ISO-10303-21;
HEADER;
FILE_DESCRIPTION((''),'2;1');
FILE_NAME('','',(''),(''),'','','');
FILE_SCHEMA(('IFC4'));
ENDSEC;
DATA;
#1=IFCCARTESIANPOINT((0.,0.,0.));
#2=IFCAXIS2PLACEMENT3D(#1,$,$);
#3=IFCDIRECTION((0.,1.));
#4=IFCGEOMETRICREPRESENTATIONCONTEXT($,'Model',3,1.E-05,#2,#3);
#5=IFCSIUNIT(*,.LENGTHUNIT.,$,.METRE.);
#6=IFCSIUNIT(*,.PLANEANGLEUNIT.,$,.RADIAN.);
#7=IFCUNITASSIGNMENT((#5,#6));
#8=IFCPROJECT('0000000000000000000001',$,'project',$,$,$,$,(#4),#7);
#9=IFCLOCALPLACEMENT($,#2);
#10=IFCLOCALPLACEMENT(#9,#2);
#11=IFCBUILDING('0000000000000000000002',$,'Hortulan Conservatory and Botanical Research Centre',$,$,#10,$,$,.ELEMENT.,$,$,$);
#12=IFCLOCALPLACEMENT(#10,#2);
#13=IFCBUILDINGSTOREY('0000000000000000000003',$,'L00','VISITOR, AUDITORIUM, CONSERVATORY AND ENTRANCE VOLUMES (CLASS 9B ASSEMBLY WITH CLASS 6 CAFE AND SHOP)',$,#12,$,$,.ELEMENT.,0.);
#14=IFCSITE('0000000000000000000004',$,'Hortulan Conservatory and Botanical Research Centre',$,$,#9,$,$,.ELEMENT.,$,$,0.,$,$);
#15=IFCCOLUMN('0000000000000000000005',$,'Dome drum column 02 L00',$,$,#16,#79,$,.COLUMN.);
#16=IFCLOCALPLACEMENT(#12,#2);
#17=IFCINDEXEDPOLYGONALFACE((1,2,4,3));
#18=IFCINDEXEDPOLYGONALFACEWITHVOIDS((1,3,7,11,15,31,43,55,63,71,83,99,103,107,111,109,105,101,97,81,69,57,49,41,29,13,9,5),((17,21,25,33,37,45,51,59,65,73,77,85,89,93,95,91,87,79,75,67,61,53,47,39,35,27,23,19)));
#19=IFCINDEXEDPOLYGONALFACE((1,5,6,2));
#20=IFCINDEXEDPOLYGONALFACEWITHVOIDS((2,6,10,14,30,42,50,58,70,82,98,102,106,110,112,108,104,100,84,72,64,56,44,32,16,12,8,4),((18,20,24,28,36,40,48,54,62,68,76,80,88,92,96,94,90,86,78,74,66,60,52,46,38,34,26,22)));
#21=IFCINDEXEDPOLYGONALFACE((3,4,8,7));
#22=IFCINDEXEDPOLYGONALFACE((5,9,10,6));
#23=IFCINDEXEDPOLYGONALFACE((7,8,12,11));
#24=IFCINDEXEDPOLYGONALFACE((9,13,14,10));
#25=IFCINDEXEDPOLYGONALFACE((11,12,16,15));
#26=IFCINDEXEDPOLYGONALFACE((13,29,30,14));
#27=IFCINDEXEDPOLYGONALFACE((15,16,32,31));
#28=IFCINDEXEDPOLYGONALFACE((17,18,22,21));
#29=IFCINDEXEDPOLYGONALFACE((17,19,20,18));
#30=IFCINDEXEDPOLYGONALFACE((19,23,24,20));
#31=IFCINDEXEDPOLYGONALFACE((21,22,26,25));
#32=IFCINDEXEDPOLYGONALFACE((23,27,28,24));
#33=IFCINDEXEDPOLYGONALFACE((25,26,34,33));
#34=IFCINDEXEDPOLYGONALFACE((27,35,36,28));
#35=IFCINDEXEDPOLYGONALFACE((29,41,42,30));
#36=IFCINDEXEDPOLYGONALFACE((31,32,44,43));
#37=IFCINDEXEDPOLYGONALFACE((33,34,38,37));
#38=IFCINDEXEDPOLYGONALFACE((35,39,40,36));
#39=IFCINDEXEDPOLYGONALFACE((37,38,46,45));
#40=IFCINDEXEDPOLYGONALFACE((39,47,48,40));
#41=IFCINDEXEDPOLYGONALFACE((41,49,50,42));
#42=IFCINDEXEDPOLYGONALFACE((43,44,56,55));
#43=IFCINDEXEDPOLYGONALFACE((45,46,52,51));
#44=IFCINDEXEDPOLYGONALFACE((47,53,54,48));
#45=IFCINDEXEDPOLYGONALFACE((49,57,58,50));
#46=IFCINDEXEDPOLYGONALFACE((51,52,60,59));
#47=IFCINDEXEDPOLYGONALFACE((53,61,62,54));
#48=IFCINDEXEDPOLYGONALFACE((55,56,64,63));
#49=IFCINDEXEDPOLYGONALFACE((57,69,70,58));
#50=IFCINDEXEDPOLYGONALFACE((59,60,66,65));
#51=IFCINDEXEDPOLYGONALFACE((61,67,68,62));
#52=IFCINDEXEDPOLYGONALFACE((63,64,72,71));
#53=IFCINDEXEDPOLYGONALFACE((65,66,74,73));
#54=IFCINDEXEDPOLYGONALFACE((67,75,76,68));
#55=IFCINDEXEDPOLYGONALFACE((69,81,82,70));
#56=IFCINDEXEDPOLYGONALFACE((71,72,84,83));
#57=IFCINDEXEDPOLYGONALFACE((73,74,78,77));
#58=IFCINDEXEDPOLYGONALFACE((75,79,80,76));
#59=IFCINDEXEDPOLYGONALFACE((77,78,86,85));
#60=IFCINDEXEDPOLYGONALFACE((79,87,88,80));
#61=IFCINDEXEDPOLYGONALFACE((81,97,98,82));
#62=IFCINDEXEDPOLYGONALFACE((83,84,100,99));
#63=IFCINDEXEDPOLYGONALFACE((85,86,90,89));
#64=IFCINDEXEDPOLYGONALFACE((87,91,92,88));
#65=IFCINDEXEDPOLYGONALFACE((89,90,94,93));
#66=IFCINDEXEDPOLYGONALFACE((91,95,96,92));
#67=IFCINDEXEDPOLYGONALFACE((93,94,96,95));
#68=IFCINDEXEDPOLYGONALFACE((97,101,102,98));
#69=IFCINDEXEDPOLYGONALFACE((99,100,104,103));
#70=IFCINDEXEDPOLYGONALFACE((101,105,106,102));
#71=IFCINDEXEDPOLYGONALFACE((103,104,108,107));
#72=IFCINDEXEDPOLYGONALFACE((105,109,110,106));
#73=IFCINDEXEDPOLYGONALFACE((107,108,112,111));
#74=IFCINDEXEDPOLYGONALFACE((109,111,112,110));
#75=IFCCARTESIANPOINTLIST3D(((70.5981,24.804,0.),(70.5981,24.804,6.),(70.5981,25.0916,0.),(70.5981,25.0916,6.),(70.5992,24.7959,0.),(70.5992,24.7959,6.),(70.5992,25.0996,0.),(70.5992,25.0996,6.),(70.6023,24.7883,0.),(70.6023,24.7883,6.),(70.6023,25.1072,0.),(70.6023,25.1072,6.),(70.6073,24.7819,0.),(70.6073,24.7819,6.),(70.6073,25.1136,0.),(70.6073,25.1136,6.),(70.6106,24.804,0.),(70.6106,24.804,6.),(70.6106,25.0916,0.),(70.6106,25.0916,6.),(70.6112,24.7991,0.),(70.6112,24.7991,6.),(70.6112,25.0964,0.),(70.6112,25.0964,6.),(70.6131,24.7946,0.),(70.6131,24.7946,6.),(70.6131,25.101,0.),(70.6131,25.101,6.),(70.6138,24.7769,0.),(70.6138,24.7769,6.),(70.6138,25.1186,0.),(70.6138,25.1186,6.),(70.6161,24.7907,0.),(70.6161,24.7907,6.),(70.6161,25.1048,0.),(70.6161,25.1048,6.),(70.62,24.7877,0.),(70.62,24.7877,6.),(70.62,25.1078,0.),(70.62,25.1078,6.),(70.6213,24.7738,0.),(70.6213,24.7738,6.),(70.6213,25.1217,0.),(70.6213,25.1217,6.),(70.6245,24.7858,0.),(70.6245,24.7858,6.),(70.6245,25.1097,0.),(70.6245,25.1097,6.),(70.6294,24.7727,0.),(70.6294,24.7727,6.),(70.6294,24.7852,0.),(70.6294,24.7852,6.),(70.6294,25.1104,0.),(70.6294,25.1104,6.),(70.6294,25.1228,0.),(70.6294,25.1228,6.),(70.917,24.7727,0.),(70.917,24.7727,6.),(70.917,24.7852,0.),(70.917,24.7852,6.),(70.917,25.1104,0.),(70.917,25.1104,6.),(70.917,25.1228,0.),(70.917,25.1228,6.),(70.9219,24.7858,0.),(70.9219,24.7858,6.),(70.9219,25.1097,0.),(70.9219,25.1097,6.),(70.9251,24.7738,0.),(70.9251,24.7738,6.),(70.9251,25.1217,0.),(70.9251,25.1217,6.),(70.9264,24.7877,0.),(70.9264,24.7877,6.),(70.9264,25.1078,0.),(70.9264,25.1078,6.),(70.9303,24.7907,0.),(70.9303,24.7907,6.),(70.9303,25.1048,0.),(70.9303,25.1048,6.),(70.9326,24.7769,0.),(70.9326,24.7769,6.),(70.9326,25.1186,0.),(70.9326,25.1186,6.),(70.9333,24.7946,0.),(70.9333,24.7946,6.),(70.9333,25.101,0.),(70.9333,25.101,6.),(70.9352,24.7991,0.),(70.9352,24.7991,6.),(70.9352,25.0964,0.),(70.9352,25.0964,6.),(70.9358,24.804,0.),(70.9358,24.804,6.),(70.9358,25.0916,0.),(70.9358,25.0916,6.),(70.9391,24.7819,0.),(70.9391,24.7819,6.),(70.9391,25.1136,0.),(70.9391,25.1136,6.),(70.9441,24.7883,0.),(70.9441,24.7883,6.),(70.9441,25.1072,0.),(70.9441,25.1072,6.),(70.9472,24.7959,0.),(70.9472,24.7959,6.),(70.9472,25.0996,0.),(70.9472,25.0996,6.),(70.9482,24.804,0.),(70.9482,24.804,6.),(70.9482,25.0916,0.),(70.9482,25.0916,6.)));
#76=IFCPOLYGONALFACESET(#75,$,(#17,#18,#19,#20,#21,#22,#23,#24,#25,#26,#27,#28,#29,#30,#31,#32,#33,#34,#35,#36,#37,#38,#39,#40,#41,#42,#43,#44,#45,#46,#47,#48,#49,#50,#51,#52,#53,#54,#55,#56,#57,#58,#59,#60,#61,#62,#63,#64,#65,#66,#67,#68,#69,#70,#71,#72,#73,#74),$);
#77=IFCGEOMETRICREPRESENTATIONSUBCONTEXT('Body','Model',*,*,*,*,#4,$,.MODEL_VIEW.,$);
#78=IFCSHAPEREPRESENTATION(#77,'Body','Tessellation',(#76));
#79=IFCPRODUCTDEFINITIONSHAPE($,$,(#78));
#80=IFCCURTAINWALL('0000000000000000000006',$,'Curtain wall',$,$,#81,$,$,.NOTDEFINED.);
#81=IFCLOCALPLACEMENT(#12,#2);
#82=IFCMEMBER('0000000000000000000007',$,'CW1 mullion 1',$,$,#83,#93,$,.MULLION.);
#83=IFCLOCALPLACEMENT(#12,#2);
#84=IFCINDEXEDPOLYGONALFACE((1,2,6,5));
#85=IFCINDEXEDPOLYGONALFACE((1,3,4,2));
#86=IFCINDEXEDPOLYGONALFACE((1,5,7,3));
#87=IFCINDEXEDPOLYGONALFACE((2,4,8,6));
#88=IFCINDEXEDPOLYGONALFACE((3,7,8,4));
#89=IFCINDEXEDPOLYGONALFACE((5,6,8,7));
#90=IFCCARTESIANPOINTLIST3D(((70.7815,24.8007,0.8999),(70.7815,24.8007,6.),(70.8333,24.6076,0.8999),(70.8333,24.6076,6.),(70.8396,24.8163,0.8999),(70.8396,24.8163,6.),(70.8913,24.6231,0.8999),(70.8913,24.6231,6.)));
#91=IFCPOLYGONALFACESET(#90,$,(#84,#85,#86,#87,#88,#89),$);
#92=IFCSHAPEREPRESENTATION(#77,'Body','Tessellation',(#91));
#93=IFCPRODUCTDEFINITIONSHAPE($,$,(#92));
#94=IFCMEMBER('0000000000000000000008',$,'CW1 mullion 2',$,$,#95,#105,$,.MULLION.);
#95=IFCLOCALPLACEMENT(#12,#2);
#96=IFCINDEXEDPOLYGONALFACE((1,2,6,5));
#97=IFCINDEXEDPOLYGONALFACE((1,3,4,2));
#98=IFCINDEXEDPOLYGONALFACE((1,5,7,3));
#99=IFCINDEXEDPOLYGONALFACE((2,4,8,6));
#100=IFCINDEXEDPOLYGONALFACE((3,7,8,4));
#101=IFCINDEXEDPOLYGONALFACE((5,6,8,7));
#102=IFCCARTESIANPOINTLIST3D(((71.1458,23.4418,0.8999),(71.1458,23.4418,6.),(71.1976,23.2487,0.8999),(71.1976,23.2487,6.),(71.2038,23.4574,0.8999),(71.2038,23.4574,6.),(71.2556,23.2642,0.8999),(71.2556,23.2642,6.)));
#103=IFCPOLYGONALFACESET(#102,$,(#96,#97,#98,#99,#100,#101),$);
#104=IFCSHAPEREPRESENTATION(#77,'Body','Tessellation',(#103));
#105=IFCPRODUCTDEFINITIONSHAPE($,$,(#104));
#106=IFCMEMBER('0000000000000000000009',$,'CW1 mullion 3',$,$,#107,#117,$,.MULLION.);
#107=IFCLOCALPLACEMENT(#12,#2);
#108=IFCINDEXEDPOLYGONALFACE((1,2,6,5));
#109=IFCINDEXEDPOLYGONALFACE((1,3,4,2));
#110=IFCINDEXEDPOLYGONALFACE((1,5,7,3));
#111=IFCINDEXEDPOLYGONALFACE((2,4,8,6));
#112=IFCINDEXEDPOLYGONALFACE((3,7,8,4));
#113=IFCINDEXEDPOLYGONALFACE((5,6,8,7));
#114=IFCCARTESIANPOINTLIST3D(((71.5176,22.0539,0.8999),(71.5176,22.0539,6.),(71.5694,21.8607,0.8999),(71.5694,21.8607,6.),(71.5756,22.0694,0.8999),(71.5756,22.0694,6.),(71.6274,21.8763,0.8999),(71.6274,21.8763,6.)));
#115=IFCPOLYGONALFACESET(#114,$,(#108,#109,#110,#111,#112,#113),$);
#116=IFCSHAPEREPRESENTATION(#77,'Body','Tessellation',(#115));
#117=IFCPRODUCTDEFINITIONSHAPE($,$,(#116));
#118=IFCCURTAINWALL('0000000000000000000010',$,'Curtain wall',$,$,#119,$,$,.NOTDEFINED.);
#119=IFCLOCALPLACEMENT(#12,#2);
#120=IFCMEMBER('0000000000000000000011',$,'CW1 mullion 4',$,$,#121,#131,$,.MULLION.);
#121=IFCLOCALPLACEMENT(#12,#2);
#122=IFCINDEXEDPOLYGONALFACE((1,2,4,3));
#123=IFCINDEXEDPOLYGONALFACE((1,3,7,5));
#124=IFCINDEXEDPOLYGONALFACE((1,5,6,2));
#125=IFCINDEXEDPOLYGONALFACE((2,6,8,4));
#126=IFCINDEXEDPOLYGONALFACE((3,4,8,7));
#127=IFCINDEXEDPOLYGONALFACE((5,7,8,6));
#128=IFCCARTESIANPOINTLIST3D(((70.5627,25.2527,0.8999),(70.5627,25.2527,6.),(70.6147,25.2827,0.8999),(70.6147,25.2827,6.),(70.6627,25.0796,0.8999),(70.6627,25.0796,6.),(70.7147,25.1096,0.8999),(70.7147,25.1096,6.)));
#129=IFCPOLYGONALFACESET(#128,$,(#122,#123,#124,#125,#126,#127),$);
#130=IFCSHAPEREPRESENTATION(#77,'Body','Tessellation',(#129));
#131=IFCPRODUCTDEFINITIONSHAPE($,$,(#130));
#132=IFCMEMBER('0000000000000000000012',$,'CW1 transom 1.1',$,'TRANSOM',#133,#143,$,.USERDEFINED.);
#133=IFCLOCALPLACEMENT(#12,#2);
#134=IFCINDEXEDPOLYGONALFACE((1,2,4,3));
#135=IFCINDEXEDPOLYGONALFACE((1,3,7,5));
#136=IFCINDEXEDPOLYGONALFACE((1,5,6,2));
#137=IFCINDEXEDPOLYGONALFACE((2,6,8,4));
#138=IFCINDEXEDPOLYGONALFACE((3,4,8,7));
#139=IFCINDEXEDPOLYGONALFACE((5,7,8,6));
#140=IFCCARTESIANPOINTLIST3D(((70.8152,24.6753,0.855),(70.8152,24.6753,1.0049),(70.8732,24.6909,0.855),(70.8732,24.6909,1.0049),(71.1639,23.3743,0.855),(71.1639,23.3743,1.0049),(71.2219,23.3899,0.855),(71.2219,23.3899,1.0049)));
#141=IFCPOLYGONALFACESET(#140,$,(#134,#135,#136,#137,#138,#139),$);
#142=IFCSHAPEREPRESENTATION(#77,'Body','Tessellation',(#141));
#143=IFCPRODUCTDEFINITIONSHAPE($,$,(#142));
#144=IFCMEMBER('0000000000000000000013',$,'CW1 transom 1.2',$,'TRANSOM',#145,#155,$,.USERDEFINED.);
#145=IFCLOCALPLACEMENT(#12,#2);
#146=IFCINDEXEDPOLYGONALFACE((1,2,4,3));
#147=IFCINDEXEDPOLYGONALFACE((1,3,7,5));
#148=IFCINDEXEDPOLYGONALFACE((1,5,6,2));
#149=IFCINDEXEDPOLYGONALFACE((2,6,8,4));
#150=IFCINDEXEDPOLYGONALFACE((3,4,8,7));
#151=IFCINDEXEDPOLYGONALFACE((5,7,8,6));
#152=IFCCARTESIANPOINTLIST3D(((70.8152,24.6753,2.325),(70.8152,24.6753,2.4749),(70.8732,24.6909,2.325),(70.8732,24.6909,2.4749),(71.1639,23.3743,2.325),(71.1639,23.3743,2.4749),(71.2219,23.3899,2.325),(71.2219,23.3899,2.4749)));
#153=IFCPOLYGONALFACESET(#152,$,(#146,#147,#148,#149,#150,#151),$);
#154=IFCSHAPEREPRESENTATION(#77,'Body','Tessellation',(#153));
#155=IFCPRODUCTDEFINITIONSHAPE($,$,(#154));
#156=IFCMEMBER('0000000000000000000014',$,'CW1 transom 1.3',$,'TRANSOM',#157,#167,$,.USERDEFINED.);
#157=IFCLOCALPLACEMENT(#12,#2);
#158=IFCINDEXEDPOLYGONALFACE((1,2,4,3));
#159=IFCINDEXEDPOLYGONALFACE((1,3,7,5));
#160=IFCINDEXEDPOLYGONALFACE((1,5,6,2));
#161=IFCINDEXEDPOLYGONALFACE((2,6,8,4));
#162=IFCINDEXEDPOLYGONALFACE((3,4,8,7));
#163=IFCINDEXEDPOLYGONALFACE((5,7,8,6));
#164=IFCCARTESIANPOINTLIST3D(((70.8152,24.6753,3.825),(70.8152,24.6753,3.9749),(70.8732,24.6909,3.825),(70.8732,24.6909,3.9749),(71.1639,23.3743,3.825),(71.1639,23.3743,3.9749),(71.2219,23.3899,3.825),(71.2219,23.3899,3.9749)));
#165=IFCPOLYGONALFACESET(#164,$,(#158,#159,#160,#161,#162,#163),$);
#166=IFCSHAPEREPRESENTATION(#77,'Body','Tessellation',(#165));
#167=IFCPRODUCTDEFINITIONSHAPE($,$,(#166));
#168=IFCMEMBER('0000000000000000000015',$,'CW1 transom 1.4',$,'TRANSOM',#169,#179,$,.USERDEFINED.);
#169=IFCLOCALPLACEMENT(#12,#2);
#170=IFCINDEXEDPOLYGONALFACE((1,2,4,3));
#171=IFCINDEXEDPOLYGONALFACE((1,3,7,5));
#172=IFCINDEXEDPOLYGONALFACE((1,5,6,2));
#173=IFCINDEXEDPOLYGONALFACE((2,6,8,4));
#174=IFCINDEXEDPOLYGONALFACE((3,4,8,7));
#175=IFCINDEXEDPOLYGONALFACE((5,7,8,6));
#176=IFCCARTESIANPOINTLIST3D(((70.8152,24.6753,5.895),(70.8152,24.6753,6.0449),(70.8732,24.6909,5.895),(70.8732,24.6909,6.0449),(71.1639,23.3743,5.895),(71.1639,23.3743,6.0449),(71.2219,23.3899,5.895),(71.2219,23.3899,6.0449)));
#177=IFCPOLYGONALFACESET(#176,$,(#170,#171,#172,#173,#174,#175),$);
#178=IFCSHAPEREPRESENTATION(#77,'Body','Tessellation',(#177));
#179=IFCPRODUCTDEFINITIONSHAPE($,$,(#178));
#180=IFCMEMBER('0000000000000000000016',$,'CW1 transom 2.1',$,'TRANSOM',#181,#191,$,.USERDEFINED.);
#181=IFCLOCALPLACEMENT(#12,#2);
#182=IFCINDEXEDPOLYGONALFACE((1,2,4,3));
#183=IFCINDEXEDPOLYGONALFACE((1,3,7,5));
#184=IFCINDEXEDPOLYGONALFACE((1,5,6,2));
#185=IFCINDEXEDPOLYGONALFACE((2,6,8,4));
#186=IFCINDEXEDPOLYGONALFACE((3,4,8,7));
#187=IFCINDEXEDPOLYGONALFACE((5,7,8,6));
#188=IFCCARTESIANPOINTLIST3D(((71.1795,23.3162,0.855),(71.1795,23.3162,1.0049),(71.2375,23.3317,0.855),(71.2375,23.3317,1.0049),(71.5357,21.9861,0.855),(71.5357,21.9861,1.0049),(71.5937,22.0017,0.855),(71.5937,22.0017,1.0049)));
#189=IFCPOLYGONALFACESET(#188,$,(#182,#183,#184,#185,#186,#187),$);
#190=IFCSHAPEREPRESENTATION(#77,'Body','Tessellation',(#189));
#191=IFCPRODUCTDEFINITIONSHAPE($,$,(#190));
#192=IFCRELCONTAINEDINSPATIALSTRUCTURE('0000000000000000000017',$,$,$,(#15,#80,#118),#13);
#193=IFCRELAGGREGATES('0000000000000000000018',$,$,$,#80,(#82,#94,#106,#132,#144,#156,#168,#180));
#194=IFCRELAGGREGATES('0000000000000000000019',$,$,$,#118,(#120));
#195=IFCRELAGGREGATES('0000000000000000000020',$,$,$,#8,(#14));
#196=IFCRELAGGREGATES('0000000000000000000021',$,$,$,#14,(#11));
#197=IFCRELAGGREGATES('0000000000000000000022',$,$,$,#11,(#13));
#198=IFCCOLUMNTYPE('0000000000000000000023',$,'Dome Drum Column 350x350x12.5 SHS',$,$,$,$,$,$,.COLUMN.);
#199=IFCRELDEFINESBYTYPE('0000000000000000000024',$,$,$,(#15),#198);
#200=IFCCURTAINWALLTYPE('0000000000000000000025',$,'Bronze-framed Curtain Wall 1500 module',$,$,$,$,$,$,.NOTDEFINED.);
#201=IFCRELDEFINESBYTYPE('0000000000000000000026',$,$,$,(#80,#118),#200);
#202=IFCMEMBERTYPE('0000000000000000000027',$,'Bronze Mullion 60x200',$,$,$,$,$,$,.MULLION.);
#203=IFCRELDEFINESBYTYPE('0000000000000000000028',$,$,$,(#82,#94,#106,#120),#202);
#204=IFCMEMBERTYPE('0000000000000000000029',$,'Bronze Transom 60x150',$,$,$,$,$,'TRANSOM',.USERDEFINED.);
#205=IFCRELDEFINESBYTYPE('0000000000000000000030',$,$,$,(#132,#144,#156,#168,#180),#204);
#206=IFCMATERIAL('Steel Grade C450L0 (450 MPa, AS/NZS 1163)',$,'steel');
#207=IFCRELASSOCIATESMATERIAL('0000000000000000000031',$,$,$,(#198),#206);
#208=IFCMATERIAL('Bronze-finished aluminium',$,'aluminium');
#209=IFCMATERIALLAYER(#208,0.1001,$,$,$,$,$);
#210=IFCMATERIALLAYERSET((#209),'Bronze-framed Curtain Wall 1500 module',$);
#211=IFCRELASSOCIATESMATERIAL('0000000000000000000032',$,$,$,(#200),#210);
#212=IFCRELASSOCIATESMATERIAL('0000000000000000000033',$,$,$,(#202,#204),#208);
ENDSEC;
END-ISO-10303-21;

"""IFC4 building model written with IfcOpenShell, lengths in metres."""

from ifc_helpers import new_model, si_unit, direction, frame, origin, origin_2d, place, context, subcontext, project, spatial, rectangle, hollow_rectangle, extrude, material, layer, layer_set, material_profile, profile_set, type_object, element, aggregate, save


model = new_model("IFC4")

# Units and contexts
model_context = context("Model", 3, precision=1e-05, world=origin(), true_north=direction((0.0, 1.0)))
body_context = subcontext(model_context, "Body", "Model", "MODEL_VIEW")
ifc_project = project(units=[si_unit("LENGTHUNIT", "METRE"), si_unit("PLANEANGLEUNIT", "RADIAN")], contexts=[model_context])

# Site, building, storey
site_placement = place(None, origin())
site = spatial("IfcSite", under=ifc_project, at=site_placement, Name="Hortulan Conservatory and Botanical Research Centre", CompositionType="ELEMENT", RefElevation=0.0)
building_placement = place(site_placement, origin())
building = spatial("IfcBuilding", under=site, at=building_placement, Name="Hortulan Conservatory and Botanical Research Centre", CompositionType="ELEMENT")
storey_placement = place(building_placement, origin())
storey = spatial("IfcBuildingStorey", under=building, at=storey_placement, Name="L00", Description="VISITOR, AUDITORIUM, CONSERVATORY AND ENTRANCE VOLUMES (CLASS 9B ASSEMBLY WITH CLASS 6 CAFE AND SHOP)", CompositionType="ELEMENT", Elevation=0.0)

# Column
ifc_material_1 = material(Name="Steel Grade C450L0 (450 MPa, AS/NZS 1163)", Category="steel")
ifc_material_profile_1 = material_profile(ifc_material_1, hollow_rectangle(XDim=0.3501, YDim=0.3501, WallThickness=0.0125, InnerFilletRadius=0.0188, OuterFilletRadius=0.0312, at=origin_2d()), Name="350x350x12.5SHS")
ifc_profile_set_1 = profile_set([ifc_material_profile_1], Name="Steel Grade C450L0 (450 MPa, AS/NZS 1163)")
column_type = type_object("IfcColumnType", Name="Dome Drum Column 350x350x12.5 SHS", PredefinedType="COLUMN", material=ifc_profile_set_1)
column_placement = place(storey_placement, frame((70.7732, 24.9478, 0.0), z_axis=(0.0, 0.0, 1.0), x_axis=(1.0, 0.0, 0.0)))
element("IfcColumn", 1, at=column_placement, inside=storey, type_object=column_type, Name="Dome drum column 02 L00", PredefinedType="COLUMN", context=body_context, shape_type="SweptSolid", body=[
    extrude(hollow_rectangle(XDim=0.3501, YDim=0.3501, WallThickness=0.0125, InnerFilletRadius=0.0188, OuterFilletRadius=0.0312, at=origin_2d()), origin(), (0.0, 0.0, 1.0), 6.0),
])

# Curtain wall, members
ifc_material_2 = material(Name="Bronze-finished aluminium", Category="aluminium")
ifc_layer_1 = layer(ifc_material_2, 0.1001)
ifc_layer_set_1 = layer_set([ifc_layer_1], Name="Bronze-framed Curtain Wall 1500 module")
curtain_wall_type = type_object("IfcCurtainWallType", Name="Bronze-framed Curtain Wall 1500 module", PredefinedType="NOTDEFINED", material=ifc_layer_set_1)
curtain_wall_1_placement = place(storey_placement, origin())
curtain_wall_1 = element("IfcCurtainWall", 2, at=curtain_wall_1_placement, inside=storey, type_object=curtain_wall_type, Name="Curtain wall", PredefinedType="NOTDEFINED")
ifc_material_profile_2 = material_profile(ifc_material_2, rectangle(XDim=0.0601, YDim=0.2, at=origin_2d()), Name="Bronze Mullion 60x200")
ifc_profile_set_2 = profile_set([ifc_material_profile_2], Name="Bronze-finished aluminium")
member_type_1 = type_object("IfcMemberType", Name="Bronze Mullion 60x200", PredefinedType="MULLION", material=ifc_profile_set_2)
member_1_placement = place(storey_placement, frame((70.8364, 24.7119, 0.8999), z_axis=(0.0, 0.0, 1.0), x_axis=(0.965922, 0.258832, 0.0)))
member_1 = element("IfcMember", 3, at=member_1_placement, type_object=member_type_1, Name="CW1 mullion 1", PredefinedType="MULLION", context=body_context, shape_type="SweptSolid", body=[
    extrude(rectangle(XDim=0.0601, YDim=0.2, at=origin_2d()), origin(), (0.0, 0.0, 1.0), 5.1001),
])
member_2_placement = place(storey_placement, frame((71.2007, 23.353, 0.8999), z_axis=(0.0, 0.0, 1.0), x_axis=(0.965922, 0.258832, 0.0)))
member_2 = element("IfcMember", 4, at=member_2_placement, type_object=member_type_1, Name="CW1 mullion 2", PredefinedType="MULLION", context=body_context, shape_type="SweptSolid", body=[
    extrude(rectangle(XDim=0.0601, YDim=0.2, at=origin_2d()), origin(), (0.0, 0.0, 1.0), 5.1001),
])
member_3_placement = place(storey_placement, frame((71.5725, 21.9651, 0.8999), z_axis=(0.0, 0.0, 1.0), x_axis=(0.965922, 0.258832, 0.0)))
member_3 = element("IfcMember", 5, at=member_3_placement, type_object=member_type_1, Name="CW1 mullion 3", PredefinedType="MULLION", context=body_context, shape_type="SweptSolid", body=[
    extrude(rectangle(XDim=0.0601, YDim=0.2, at=origin_2d()), origin(), (0.0, 0.0, 1.0), 5.1001),
])

# Curtain wall, member
curtain_wall_2_placement = place(storey_placement, origin())
curtain_wall_2 = element("IfcCurtainWall", 6, at=curtain_wall_2_placement, inside=storey, type_object=curtain_wall_type, Name="Curtain wall", PredefinedType="NOTDEFINED")
member_4_placement = place(storey_placement, frame((70.6387, 25.1812, 0.8999), z_axis=(0.0, 0.0, 1.0), x_axis=(0.866036, 0.499981, 0.0)))
member_4 = element("IfcMember", 7, at=member_4_placement, type_object=member_type_1, Name="CW1 mullion 4", PredefinedType="MULLION", context=body_context, shape_type="SweptSolid", body=[
    extrude(rectangle(XDim=0.0601, YDim=0.2, at=origin_2d()), origin(), (0.0, 0.0, 1.0), 5.1001),
])

# Members
ifc_material_profile_3 = material_profile(ifc_material_2, rectangle(XDim=0.0601, YDim=0.1499, at=origin_2d()), Name="Bronze Transom 60x150")
ifc_profile_set_3 = profile_set([ifc_material_profile_3], Name="Bronze-finished aluminium")
member_type_2 = type_object("IfcMemberType", Name="Bronze Transom 60x150", ElementType="TRANSOM", PredefinedType="USERDEFINED", material=ifc_profile_set_3)
member_5_placement = place(storey_placement, frame((70.8442, 24.6831, 0.9299), z_axis=(0.258836, -0.965921, 0.0), x_axis=(0.965921, 0.258836, 0.0)))
member_5 = element("IfcMember", 8, at=member_5_placement, type_object=member_type_2, Name="CW1 transom 1.1", ObjectType="TRANSOM", PredefinedType="USERDEFINED", context=body_context, shape_type="SweptSolid", body=[
    extrude(rectangle(XDim=0.0601, YDim=0.1499, at=origin_2d()), origin(), (0.0, 0.0, 1.0), 1.3469),
])
member_6_placement = place(storey_placement, frame((70.8442, 24.6831, 2.3999), z_axis=(0.258836, -0.965921, 0.0), x_axis=(0.965921, 0.258836, 0.0)))
member_6 = element("IfcMember", 9, at=member_6_placement, type_object=member_type_2, Name="CW1 transom 1.2", ObjectType="TRANSOM", PredefinedType="USERDEFINED", context=body_context, shape_type="SweptSolid", body=[
    extrude(rectangle(XDim=0.0601, YDim=0.1499, at=origin_2d()), origin(), (0.0, 0.0, 1.0), 1.3469),
])
member_7_placement = place(storey_placement, frame((70.8442, 24.6831, 3.8999), z_axis=(0.258836, -0.965921, 0.0), x_axis=(0.965921, 0.258836, 0.0)))
member_7 = element("IfcMember", 10, at=member_7_placement, type_object=member_type_2, Name="CW1 transom 1.3", ObjectType="TRANSOM", PredefinedType="USERDEFINED", context=body_context, shape_type="SweptSolid", body=[
    extrude(rectangle(XDim=0.0601, YDim=0.1499, at=origin_2d()), origin(), (0.0, 0.0, 1.0), 1.3469),
])
member_8_placement = place(storey_placement, frame((70.8442, 24.6831, 5.97), z_axis=(0.258836, -0.965921, 0.0), x_axis=(0.965921, 0.258836, 0.0)))
member_8 = element("IfcMember", 11, at=member_8_placement, type_object=member_type_2, Name="CW1 transom 1.4", ObjectType="TRANSOM", PredefinedType="USERDEFINED", context=body_context, shape_type="SweptSolid", body=[
    extrude(rectangle(XDim=0.0601, YDim=0.1499, at=origin_2d()), origin(), (0.0, 0.0, 1.0), 1.3469),
])
member_9_placement = place(storey_placement, frame((71.2085, 23.324, 0.9299), z_axis=(0.258689, -0.965961, 0.0), x_axis=(0.965961, 0.258689, 0.0)))
member_9 = element("IfcMember", 12, at=member_9_placement, type_object=member_type_2, Name="CW1 transom 2.1", ObjectType="TRANSOM", PredefinedType="USERDEFINED", context=body_context, shape_type="SweptSolid", body=[
    extrude(rectangle(XDim=0.0601, YDim=0.1499, at=origin_2d()), origin(), (0.0, 0.0, 1.0), 1.377),
])

aggregate(curtain_wall_1, [member_1, member_2, member_3, member_5, member_6, member_7, member_8, member_9])
aggregate(curtain_wall_2, [member_4])

save(model, "model.ifc")
